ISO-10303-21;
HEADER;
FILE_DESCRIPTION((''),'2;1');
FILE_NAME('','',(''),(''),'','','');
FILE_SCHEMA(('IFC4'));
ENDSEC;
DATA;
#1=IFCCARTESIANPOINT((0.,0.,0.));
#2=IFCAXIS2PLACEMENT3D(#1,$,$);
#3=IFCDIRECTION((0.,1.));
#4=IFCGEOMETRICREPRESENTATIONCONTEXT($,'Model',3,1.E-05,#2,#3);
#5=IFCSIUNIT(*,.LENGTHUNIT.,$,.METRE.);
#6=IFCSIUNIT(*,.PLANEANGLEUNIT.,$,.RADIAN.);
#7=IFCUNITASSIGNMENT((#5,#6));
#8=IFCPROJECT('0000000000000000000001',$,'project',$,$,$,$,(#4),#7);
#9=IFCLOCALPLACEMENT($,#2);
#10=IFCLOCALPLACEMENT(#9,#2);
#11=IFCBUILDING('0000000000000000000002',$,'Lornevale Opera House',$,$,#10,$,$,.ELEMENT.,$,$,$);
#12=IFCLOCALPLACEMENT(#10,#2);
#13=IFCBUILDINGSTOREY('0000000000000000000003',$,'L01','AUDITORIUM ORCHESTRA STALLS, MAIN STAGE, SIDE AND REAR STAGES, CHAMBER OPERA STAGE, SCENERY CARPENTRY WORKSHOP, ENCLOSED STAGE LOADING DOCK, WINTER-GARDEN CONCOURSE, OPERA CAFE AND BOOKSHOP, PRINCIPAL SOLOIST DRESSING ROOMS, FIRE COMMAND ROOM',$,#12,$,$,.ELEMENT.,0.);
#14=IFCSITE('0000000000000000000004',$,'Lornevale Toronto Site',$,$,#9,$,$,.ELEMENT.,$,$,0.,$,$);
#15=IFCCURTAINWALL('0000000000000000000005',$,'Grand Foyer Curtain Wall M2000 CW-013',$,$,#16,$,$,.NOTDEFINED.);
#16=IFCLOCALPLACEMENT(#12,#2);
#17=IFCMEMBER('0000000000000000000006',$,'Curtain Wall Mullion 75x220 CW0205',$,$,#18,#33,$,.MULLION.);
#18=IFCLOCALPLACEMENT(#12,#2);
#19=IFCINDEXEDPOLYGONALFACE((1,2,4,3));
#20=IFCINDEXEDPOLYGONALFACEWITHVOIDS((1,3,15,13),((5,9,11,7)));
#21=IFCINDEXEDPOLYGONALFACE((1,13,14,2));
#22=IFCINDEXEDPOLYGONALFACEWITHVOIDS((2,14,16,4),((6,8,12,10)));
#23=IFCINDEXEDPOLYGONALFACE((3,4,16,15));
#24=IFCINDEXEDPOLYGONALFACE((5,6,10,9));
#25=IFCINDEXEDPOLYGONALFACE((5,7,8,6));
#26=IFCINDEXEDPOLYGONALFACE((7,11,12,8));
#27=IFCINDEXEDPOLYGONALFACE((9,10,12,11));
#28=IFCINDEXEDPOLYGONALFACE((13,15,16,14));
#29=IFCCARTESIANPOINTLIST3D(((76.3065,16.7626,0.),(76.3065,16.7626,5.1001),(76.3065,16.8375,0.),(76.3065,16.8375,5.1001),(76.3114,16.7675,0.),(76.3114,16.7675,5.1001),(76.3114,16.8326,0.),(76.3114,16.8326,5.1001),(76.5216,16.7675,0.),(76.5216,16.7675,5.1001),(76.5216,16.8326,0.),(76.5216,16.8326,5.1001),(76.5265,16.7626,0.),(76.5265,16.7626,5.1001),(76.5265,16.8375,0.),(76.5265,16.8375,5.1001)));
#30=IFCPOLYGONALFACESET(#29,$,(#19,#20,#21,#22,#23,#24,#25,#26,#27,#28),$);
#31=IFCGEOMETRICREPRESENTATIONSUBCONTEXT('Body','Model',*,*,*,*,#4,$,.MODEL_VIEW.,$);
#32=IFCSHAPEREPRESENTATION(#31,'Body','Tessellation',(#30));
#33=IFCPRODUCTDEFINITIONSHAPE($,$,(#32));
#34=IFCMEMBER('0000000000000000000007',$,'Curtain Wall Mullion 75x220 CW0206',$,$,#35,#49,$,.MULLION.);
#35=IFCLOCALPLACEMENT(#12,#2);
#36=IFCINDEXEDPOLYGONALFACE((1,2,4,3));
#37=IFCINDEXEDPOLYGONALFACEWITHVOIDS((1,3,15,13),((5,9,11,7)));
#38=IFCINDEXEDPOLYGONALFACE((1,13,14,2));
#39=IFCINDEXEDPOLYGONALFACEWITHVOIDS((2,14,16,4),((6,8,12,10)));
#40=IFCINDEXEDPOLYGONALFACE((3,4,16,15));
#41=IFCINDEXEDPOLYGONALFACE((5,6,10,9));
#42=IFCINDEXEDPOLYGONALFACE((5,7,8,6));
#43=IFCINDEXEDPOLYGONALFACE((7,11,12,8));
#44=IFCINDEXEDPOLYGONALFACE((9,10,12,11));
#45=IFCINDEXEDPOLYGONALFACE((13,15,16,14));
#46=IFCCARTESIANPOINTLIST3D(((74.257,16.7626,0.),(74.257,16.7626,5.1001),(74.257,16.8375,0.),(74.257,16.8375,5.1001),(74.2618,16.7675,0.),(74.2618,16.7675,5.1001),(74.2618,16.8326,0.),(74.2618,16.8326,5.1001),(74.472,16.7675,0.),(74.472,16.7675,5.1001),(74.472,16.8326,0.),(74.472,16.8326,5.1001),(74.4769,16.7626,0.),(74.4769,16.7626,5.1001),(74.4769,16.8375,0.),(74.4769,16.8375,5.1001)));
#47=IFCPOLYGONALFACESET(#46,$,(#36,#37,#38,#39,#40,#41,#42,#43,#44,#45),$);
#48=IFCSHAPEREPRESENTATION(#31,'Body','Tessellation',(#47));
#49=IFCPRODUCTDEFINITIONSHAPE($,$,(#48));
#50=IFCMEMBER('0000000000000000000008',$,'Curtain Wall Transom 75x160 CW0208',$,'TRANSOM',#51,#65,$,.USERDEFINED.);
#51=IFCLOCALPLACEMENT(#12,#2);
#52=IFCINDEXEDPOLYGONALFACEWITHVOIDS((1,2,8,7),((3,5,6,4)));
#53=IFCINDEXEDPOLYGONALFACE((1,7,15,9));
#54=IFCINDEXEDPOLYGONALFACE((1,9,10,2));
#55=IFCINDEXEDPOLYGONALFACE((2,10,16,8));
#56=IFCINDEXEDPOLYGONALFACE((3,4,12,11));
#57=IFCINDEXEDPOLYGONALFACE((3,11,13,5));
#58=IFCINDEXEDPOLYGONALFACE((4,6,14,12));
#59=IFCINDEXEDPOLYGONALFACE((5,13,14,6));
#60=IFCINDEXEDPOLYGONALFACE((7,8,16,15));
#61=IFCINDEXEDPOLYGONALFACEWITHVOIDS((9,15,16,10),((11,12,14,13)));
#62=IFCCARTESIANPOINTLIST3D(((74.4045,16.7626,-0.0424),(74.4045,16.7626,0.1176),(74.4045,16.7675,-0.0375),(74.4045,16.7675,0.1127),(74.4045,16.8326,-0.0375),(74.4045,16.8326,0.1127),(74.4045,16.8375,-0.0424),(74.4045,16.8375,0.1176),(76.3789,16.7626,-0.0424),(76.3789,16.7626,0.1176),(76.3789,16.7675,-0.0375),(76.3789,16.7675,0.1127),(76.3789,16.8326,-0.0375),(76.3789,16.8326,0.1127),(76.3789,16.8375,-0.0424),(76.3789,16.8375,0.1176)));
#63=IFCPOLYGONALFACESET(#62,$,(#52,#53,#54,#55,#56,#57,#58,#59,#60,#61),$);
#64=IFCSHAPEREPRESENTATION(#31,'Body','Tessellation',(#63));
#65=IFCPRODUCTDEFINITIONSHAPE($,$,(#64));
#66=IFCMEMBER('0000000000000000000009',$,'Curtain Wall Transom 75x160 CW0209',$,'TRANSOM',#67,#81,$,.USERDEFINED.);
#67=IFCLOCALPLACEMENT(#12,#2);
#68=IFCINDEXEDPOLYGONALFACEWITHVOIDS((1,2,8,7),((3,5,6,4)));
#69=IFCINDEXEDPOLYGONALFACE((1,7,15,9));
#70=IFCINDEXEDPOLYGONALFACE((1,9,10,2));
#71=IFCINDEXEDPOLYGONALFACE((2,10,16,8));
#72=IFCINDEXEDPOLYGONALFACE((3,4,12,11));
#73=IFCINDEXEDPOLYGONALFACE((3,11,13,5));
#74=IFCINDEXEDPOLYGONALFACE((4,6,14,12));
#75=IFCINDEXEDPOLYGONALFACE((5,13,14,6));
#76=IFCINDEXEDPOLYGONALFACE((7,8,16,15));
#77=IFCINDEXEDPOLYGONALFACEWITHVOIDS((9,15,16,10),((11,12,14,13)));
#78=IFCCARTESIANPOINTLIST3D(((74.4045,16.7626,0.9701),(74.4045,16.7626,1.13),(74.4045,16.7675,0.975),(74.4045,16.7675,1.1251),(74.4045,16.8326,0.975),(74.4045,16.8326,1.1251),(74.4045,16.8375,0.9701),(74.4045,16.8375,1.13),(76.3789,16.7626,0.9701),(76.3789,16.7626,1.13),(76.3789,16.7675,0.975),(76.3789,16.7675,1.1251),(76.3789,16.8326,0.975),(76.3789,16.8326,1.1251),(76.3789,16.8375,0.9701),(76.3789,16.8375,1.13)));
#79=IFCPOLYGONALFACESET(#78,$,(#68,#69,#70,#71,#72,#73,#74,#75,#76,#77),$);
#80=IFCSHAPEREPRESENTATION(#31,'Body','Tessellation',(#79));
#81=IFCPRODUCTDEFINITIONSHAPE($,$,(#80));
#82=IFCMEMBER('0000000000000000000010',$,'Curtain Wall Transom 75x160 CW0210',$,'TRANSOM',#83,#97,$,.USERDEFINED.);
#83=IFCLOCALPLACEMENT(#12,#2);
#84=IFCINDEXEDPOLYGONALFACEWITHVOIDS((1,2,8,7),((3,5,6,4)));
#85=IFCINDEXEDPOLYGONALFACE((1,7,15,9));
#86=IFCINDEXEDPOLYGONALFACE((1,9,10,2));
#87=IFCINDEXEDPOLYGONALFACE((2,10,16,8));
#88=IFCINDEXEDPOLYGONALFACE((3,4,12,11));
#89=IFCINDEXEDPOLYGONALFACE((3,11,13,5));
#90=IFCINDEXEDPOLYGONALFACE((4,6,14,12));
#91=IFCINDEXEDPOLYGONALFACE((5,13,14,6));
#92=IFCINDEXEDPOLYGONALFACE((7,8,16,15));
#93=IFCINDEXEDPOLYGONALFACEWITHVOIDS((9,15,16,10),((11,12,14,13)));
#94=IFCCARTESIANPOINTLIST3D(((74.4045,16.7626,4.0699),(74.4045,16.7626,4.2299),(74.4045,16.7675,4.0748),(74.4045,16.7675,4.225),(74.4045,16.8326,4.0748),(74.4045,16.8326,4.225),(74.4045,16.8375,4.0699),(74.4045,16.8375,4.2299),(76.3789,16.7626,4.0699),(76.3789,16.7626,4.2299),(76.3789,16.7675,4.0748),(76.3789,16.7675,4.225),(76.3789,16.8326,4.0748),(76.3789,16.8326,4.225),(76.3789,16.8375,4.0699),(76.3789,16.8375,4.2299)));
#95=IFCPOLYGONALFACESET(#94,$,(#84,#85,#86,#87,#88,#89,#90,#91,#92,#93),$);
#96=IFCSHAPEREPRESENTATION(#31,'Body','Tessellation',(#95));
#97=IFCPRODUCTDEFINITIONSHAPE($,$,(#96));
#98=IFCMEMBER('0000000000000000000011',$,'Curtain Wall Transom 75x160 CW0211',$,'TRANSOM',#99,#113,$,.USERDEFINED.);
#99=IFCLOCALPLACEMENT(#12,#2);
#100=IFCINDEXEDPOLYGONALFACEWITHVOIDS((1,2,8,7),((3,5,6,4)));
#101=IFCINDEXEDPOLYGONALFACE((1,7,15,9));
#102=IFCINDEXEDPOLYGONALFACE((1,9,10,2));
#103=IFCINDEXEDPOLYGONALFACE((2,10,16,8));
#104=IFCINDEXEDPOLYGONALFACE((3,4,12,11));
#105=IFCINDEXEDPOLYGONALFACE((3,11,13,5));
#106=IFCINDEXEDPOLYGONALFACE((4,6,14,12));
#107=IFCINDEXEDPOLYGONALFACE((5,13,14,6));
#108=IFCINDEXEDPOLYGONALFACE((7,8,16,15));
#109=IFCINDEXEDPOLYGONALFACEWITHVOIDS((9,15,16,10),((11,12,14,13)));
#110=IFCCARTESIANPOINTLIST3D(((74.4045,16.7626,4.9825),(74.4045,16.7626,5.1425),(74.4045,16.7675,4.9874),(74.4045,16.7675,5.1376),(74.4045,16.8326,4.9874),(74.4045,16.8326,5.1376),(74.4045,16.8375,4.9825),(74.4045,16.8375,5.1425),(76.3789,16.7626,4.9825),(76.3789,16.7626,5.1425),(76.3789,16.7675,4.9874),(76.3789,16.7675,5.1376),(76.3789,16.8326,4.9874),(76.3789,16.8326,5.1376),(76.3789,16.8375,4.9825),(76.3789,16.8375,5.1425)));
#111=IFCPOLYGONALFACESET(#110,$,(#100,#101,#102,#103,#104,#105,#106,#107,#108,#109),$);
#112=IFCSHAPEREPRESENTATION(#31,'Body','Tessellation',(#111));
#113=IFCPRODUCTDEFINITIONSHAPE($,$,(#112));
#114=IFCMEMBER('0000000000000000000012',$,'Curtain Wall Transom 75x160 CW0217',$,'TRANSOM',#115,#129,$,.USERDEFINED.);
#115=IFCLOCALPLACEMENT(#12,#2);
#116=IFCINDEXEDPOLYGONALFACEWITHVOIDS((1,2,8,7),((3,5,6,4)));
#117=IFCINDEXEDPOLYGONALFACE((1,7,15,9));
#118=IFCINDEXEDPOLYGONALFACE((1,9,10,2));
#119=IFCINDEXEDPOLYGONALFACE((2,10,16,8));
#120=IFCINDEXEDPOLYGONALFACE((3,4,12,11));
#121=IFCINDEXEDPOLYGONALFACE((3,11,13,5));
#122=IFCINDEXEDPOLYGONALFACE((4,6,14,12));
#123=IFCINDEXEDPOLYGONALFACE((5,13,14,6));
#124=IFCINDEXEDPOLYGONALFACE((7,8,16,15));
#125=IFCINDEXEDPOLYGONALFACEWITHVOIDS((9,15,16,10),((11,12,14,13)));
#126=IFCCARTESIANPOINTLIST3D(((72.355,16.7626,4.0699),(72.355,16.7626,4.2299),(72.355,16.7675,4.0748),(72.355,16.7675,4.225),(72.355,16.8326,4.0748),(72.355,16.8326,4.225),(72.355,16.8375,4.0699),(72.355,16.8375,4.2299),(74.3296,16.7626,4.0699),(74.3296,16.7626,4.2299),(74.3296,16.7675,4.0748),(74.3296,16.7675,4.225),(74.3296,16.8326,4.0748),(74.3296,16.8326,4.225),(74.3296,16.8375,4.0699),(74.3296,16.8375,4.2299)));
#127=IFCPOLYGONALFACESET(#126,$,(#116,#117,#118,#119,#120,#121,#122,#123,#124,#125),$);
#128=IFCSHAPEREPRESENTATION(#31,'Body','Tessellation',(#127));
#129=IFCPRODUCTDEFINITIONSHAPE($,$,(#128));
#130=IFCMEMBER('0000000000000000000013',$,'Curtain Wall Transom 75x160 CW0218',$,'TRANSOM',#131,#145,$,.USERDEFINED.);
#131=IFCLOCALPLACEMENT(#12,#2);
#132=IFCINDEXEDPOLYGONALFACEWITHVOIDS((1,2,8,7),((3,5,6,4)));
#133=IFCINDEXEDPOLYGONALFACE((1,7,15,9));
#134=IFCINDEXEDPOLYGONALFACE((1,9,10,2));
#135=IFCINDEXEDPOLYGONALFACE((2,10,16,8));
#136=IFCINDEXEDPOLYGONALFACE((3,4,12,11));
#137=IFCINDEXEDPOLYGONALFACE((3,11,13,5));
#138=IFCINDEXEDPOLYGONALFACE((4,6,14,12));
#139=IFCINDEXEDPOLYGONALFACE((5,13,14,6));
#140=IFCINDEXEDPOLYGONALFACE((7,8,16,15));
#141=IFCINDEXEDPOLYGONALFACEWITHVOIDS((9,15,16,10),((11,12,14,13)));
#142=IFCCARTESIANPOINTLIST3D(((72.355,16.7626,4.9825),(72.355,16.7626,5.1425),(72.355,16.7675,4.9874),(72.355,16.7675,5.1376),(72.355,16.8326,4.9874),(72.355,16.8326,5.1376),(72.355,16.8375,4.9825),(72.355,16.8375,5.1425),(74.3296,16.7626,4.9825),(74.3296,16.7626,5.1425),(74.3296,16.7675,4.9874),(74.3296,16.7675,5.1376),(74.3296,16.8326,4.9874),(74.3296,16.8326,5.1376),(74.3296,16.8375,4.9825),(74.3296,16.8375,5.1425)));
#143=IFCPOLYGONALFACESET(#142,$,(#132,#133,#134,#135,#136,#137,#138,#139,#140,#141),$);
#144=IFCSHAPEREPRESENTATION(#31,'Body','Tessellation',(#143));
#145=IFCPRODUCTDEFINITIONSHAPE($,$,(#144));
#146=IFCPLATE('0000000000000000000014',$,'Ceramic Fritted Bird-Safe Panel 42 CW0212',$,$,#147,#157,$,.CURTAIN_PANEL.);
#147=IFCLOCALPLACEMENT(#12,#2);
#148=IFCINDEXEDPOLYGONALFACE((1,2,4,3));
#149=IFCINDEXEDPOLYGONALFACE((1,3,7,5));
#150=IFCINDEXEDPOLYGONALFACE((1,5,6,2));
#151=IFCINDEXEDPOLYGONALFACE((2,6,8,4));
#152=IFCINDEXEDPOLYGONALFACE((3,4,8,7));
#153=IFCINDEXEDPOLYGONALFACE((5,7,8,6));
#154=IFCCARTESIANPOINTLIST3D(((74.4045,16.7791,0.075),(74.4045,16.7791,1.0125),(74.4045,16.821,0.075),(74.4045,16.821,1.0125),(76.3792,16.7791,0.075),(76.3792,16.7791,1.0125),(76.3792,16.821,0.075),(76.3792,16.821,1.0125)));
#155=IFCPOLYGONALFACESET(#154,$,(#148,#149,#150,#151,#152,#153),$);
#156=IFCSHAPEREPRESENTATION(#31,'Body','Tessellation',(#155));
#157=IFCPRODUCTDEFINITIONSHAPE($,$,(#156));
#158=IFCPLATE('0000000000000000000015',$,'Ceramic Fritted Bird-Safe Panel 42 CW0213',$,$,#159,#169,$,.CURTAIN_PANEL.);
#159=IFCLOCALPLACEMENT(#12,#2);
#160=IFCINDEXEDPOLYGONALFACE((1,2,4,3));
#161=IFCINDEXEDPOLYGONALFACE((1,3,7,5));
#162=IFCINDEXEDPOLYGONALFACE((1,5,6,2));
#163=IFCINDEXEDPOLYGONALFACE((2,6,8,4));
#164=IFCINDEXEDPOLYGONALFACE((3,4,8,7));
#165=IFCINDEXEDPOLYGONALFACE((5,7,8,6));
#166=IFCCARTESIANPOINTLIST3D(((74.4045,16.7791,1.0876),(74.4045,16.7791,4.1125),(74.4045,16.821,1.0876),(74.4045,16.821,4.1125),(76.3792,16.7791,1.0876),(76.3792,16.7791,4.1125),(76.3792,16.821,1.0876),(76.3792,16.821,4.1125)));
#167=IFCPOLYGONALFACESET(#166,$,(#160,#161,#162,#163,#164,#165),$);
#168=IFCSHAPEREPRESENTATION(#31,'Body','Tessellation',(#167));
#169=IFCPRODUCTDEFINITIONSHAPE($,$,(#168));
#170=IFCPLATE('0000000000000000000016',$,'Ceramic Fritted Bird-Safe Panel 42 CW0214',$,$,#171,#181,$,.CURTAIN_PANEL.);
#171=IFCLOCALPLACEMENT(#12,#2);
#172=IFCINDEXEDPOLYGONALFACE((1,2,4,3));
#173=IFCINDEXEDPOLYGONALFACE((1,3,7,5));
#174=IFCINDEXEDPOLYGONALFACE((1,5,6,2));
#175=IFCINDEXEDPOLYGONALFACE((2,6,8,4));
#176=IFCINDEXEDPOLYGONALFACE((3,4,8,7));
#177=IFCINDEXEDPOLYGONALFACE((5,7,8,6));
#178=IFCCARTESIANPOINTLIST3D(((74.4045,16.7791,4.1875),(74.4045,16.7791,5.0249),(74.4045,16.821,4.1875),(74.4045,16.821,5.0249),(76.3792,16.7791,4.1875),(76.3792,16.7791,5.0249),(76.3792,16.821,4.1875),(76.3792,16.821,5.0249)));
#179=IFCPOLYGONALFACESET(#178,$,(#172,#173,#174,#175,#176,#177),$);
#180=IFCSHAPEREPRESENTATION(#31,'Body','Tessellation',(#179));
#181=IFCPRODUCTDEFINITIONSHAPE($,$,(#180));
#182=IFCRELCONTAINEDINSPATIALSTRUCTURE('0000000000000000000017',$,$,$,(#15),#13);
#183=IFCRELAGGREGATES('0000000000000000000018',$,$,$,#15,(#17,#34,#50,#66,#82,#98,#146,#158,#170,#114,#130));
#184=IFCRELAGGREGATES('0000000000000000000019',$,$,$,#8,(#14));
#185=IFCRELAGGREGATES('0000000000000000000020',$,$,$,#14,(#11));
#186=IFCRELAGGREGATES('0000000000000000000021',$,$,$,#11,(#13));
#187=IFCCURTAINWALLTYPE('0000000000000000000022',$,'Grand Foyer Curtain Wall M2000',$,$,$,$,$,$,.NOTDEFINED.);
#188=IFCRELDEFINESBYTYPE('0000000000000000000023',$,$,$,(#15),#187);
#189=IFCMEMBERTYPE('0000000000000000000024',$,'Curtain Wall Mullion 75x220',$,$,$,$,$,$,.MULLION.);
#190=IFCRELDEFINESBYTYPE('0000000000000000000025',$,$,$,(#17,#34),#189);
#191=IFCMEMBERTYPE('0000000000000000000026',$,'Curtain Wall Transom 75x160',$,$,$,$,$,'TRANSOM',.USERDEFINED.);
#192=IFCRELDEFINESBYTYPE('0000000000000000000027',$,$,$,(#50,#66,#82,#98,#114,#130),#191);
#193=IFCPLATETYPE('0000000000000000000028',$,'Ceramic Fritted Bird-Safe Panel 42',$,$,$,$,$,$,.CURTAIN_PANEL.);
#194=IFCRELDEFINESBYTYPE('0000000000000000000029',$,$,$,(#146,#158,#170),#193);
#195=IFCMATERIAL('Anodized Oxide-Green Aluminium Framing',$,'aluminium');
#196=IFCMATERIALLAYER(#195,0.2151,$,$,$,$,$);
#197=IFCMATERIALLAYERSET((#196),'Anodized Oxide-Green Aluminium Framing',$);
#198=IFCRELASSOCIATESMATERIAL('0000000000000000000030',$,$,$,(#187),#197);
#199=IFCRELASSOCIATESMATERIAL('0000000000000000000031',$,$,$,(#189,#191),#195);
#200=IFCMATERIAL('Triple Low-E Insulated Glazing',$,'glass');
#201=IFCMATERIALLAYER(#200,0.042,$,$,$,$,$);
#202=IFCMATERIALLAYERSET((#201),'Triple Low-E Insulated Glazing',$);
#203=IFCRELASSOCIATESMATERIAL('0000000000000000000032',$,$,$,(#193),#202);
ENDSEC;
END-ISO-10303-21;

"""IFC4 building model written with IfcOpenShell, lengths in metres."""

from ifc_helpers import new_model, si_unit, direction, frame, origin, origin_2d, place, context, subcontext, project, spatial, rectangle, hollow_rectangle, extrude, material, layer, layer_set, material_profile, profile_set, type_object, element, aggregate, save


model = new_model("IFC4")

# Units and contexts
model_context = context("Model", 3, precision=1e-05, world=origin(), true_north=direction((0.0, 1.0)))
body_context = subcontext(model_context, "Body", "Model", "MODEL_VIEW")
ifc_project = project(units=[si_unit("LENGTHUNIT", "METRE"), si_unit("PLANEANGLEUNIT", "RADIAN")], contexts=[model_context])

# Site, building, storey
site_placement = place(None, origin())
site = spatial("IfcSite", under=ifc_project, at=site_placement, Name="Lornevale Toronto Site", CompositionType="ELEMENT", RefElevation=0.0)
building_placement = place(site_placement, origin())
building = spatial("IfcBuilding", under=site, at=building_placement, Name="Lornevale Opera House", CompositionType="ELEMENT")
storey_placement = place(building_placement, origin())
storey = spatial("IfcBuildingStorey", under=building, at=storey_placement, Name="L01", Description="AUDITORIUM ORCHESTRA STALLS, MAIN STAGE, SIDE AND REAR STAGES, CHAMBER OPERA STAGE, SCENERY CARPENTRY WORKSHOP, ENCLOSED STAGE LOADING DOCK, WINTER-GARDEN CONCOURSE, OPERA CAFE AND BOOKSHOP, PRINCIPAL SOLOIST DRESSING ROOMS, FIRE COMMAND ROOM", CompositionType="ELEMENT", Elevation=0.0)

# Curtain wall, members, plates
ifc_material_1 = material(Name="Anodized Oxide-Green Aluminium Framing", Category="aluminium")
ifc_layer_1 = layer(ifc_material_1, 0.2151)
ifc_layer_set_1 = layer_set([ifc_layer_1], Name="Anodized Oxide-Green Aluminium Framing")
curtain_wall_type = type_object("IfcCurtainWallType", Name="Grand Foyer Curtain Wall M2000", PredefinedType="NOTDEFINED", material=ifc_layer_set_1)
curtain_wall_placement = place(storey_placement, origin())
curtain_wall = element("IfcCurtainWall", 1, at=curtain_wall_placement, inside=storey, type_object=curtain_wall_type, Name="Grand Foyer Curtain Wall M2000 CW-013", PredefinedType="NOTDEFINED")
ifc_material_profile_1 = material_profile(ifc_material_1, hollow_rectangle(XDim=0.075, YDim=0.22, WallThickness=0.0049, at=origin_2d()), Name="ALU75x220x5")
ifc_profile_set_1 = profile_set([ifc_material_profile_1], Name="Anodized Oxide-Green Aluminium Framing")
member_type_1 = type_object("IfcMemberType", Name="Curtain Wall Mullion 75x220", PredefinedType="MULLION", material=ifc_profile_set_1)
member_1_placement = place(storey_placement, frame((76.4165, 16.8, 0.0), z_axis=(0.0, 0.0, 1.0), x_axis=(0.0, -1.0, 0.0)))
member_1 = element("IfcMember", 2, at=member_1_placement, type_object=member_type_1, Name="Curtain Wall Mullion 75x220 CW0205", PredefinedType="MULLION", context=body_context, shape_type="SweptSolid", body=[
    extrude(hollow_rectangle(XDim=0.075, YDim=0.22, WallThickness=0.0049, at=origin_2d()), origin(), (0.0, 0.0, 1.0), 5.1001),
])
member_2_placement = place(storey_placement, frame((74.3669, 16.8, 0.0), z_axis=(0.0, 0.0, 1.0), x_axis=(0.0, -1.0, 0.0)))
member_2 = element("IfcMember", 3, at=member_2_placement, type_object=member_type_1, Name="Curtain Wall Mullion 75x220 CW0206", PredefinedType="MULLION", context=body_context, shape_type="SweptSolid", body=[
    extrude(hollow_rectangle(XDim=0.075, YDim=0.22, WallThickness=0.0049, at=origin_2d()), origin(), (0.0, 0.0, 1.0), 5.1001),
])
ifc_material_profile_2 = material_profile(ifc_material_1, hollow_rectangle(XDim=0.075, YDim=0.1599, WallThickness=0.0049, at=origin_2d()), Name="ALU75x160x5")
ifc_profile_set_2 = profile_set([ifc_material_profile_2], Name="Anodized Oxide-Green Aluminium Framing")
member_type_2 = type_object("IfcMemberType", Name="Curtain Wall Transom 75x160", ElementType="TRANSOM", PredefinedType="USERDEFINED", material=ifc_profile_set_2)
member_3_placement = place(storey_placement, frame((76.3789, 16.8, 0.0376), z_axis=(-1.0, 0.0, 0.0), x_axis=(0.0, -1.0, 0.0)))
member_3 = element("IfcMember", 4, at=member_3_placement, type_object=member_type_2, Name="Curtain Wall Transom 75x160 CW0208", ObjectType="TRANSOM", PredefinedType="USERDEFINED", context=body_context, shape_type="SweptSolid", body=[
    extrude(hollow_rectangle(XDim=0.075, YDim=0.1599, WallThickness=0.0049, at=origin_2d()), origin(), (0.0, 0.0, 1.0), 1.9744),
])
member_4_placement = place(storey_placement, frame((76.3789, 16.8, 1.05), z_axis=(-1.0, 0.0, 0.0), x_axis=(0.0, -1.0, 0.0)))
member_4 = element("IfcMember", 5, at=member_4_placement, type_object=member_type_2, Name="Curtain Wall Transom 75x160 CW0209", ObjectType="TRANSOM", PredefinedType="USERDEFINED", context=body_context, shape_type="SweptSolid", body=[
    extrude(hollow_rectangle(XDim=0.075, YDim=0.1599, WallThickness=0.0049, at=origin_2d()), origin(), (0.0, 0.0, 1.0), 1.9744),
])
member_5_placement = place(storey_placement, frame((76.3789, 16.8, 4.1499), z_axis=(-1.0, 0.0, 0.0), x_axis=(0.0, -1.0, 0.0)))
member_5 = element("IfcMember", 6, at=member_5_placement, type_object=member_type_2, Name="Curtain Wall Transom 75x160 CW0210", ObjectType="TRANSOM", PredefinedType="USERDEFINED", context=body_context, shape_type="SweptSolid", body=[
    extrude(hollow_rectangle(XDim=0.075, YDim=0.1599, WallThickness=0.0049, at=origin_2d()), origin(), (0.0, 0.0, 1.0), 1.9744),
])
member_6_placement = place(storey_placement, frame((76.3789, 16.8, 5.0625), z_axis=(-1.0, 0.0, 0.0), x_axis=(0.0, -1.0, 0.0)))
member_6 = element("IfcMember", 7, at=member_6_placement, type_object=member_type_2, Name="Curtain Wall Transom 75x160 CW0211", ObjectType="TRANSOM", PredefinedType="USERDEFINED", context=body_context, shape_type="SweptSolid", body=[
    extrude(hollow_rectangle(XDim=0.075, YDim=0.1599, WallThickness=0.0049, at=origin_2d()), origin(), (0.0, 0.0, 1.0), 1.9744),
])
member_7_placement = place(storey_placement, frame((74.3296, 16.8, 4.1499), z_axis=(-1.0, 0.0, 0.0), x_axis=(0.0, -1.0, 0.0)))
member_7 = element("IfcMember", 8, at=member_7_placement, type_object=member_type_2, Name="Curtain Wall Transom 75x160 CW0217", ObjectType="TRANSOM", PredefinedType="USERDEFINED", context=body_context, shape_type="SweptSolid", body=[
    extrude(hollow_rectangle(XDim=0.075, YDim=0.1599, WallThickness=0.0049, at=origin_2d()), origin(), (0.0, 0.0, 1.0), 1.9746),
])
member_8_placement = place(storey_placement, frame((74.3296, 16.8, 5.0625), z_axis=(-1.0, 0.0, 0.0), x_axis=(0.0, -1.0, 0.0)))
member_8 = element("IfcMember", 9, at=member_8_placement, type_object=member_type_2, Name="Curtain Wall Transom 75x160 CW0218", ObjectType="TRANSOM", PredefinedType="USERDEFINED", context=body_context, shape_type="SweptSolid", body=[
    extrude(hollow_rectangle(XDim=0.075, YDim=0.1599, WallThickness=0.0049, at=origin_2d()), origin(), (0.0, 0.0, 1.0), 1.9746),
])
ifc_material_2 = material(Name="Triple Low-E Insulated Glazing", Category="glass")
ifc_layer_2 = layer(ifc_material_2, 0.042)
ifc_layer_set_2 = layer_set([ifc_layer_2], Name="Triple Low-E Insulated Glazing")
plate_type = type_object("IfcPlateType", Name="Ceramic Fritted Bird-Safe Panel 42", PredefinedType="CURTAIN_PANEL", material=ifc_layer_set_2)
plate_1_placement = place(storey_placement, frame((75.3918, 16.8, 0.075), z_axis=(0.0, 0.0, 1.0), x_axis=(-1.0, 0.0, 0.0)))
plate_1 = element("IfcPlate", 10, at=plate_1_placement, type_object=plate_type, Name="Ceramic Fritted Bird-Safe Panel 42 CW0212", PredefinedType="CURTAIN_PANEL", context=body_context, shape_type="SweptSolid", body=[
    extrude(rectangle(XDim=1.9746, YDim=0.042, at=origin_2d()), origin(), (0.0, 0.0, 1.0), 0.9375),
])
plate_2_placement = place(storey_placement, frame((75.3918, 16.8, 1.0876), z_axis=(0.0, 0.0, 1.0), x_axis=(-1.0, 0.0, 0.0)))
plate_2 = element("IfcPlate", 11, at=plate_2_placement, type_object=plate_type, Name="Ceramic Fritted Bird-Safe Panel 42 CW0213", PredefinedType="CURTAIN_PANEL", context=body_context, shape_type="SweptSolid", body=[
    extrude(rectangle(XDim=1.9746, YDim=0.042, at=origin_2d()), origin(), (0.0, 0.0, 1.0), 3.0249),
])
plate_3_placement = place(storey_placement, frame((75.3918, 16.8, 4.1875), z_axis=(0.0, 0.0, 1.0), x_axis=(-1.0, 0.0, 0.0)))
plate_3 = element("IfcPlate", 12, at=plate_3_placement, type_object=plate_type, Name="Ceramic Fritted Bird-Safe Panel 42 CW0214", PredefinedType="CURTAIN_PANEL", context=body_context, shape_type="SweptSolid", body=[
    extrude(rectangle(XDim=1.9746, YDim=0.042, at=origin_2d()), origin(), (0.0, 0.0, 1.0), 0.8374),
])
aggregate(curtain_wall, [member_1, member_2, member_3, member_4, member_5, member_6, plate_1, plate_2, plate_3, member_7, member_8])

save(model, "model.ifc")
